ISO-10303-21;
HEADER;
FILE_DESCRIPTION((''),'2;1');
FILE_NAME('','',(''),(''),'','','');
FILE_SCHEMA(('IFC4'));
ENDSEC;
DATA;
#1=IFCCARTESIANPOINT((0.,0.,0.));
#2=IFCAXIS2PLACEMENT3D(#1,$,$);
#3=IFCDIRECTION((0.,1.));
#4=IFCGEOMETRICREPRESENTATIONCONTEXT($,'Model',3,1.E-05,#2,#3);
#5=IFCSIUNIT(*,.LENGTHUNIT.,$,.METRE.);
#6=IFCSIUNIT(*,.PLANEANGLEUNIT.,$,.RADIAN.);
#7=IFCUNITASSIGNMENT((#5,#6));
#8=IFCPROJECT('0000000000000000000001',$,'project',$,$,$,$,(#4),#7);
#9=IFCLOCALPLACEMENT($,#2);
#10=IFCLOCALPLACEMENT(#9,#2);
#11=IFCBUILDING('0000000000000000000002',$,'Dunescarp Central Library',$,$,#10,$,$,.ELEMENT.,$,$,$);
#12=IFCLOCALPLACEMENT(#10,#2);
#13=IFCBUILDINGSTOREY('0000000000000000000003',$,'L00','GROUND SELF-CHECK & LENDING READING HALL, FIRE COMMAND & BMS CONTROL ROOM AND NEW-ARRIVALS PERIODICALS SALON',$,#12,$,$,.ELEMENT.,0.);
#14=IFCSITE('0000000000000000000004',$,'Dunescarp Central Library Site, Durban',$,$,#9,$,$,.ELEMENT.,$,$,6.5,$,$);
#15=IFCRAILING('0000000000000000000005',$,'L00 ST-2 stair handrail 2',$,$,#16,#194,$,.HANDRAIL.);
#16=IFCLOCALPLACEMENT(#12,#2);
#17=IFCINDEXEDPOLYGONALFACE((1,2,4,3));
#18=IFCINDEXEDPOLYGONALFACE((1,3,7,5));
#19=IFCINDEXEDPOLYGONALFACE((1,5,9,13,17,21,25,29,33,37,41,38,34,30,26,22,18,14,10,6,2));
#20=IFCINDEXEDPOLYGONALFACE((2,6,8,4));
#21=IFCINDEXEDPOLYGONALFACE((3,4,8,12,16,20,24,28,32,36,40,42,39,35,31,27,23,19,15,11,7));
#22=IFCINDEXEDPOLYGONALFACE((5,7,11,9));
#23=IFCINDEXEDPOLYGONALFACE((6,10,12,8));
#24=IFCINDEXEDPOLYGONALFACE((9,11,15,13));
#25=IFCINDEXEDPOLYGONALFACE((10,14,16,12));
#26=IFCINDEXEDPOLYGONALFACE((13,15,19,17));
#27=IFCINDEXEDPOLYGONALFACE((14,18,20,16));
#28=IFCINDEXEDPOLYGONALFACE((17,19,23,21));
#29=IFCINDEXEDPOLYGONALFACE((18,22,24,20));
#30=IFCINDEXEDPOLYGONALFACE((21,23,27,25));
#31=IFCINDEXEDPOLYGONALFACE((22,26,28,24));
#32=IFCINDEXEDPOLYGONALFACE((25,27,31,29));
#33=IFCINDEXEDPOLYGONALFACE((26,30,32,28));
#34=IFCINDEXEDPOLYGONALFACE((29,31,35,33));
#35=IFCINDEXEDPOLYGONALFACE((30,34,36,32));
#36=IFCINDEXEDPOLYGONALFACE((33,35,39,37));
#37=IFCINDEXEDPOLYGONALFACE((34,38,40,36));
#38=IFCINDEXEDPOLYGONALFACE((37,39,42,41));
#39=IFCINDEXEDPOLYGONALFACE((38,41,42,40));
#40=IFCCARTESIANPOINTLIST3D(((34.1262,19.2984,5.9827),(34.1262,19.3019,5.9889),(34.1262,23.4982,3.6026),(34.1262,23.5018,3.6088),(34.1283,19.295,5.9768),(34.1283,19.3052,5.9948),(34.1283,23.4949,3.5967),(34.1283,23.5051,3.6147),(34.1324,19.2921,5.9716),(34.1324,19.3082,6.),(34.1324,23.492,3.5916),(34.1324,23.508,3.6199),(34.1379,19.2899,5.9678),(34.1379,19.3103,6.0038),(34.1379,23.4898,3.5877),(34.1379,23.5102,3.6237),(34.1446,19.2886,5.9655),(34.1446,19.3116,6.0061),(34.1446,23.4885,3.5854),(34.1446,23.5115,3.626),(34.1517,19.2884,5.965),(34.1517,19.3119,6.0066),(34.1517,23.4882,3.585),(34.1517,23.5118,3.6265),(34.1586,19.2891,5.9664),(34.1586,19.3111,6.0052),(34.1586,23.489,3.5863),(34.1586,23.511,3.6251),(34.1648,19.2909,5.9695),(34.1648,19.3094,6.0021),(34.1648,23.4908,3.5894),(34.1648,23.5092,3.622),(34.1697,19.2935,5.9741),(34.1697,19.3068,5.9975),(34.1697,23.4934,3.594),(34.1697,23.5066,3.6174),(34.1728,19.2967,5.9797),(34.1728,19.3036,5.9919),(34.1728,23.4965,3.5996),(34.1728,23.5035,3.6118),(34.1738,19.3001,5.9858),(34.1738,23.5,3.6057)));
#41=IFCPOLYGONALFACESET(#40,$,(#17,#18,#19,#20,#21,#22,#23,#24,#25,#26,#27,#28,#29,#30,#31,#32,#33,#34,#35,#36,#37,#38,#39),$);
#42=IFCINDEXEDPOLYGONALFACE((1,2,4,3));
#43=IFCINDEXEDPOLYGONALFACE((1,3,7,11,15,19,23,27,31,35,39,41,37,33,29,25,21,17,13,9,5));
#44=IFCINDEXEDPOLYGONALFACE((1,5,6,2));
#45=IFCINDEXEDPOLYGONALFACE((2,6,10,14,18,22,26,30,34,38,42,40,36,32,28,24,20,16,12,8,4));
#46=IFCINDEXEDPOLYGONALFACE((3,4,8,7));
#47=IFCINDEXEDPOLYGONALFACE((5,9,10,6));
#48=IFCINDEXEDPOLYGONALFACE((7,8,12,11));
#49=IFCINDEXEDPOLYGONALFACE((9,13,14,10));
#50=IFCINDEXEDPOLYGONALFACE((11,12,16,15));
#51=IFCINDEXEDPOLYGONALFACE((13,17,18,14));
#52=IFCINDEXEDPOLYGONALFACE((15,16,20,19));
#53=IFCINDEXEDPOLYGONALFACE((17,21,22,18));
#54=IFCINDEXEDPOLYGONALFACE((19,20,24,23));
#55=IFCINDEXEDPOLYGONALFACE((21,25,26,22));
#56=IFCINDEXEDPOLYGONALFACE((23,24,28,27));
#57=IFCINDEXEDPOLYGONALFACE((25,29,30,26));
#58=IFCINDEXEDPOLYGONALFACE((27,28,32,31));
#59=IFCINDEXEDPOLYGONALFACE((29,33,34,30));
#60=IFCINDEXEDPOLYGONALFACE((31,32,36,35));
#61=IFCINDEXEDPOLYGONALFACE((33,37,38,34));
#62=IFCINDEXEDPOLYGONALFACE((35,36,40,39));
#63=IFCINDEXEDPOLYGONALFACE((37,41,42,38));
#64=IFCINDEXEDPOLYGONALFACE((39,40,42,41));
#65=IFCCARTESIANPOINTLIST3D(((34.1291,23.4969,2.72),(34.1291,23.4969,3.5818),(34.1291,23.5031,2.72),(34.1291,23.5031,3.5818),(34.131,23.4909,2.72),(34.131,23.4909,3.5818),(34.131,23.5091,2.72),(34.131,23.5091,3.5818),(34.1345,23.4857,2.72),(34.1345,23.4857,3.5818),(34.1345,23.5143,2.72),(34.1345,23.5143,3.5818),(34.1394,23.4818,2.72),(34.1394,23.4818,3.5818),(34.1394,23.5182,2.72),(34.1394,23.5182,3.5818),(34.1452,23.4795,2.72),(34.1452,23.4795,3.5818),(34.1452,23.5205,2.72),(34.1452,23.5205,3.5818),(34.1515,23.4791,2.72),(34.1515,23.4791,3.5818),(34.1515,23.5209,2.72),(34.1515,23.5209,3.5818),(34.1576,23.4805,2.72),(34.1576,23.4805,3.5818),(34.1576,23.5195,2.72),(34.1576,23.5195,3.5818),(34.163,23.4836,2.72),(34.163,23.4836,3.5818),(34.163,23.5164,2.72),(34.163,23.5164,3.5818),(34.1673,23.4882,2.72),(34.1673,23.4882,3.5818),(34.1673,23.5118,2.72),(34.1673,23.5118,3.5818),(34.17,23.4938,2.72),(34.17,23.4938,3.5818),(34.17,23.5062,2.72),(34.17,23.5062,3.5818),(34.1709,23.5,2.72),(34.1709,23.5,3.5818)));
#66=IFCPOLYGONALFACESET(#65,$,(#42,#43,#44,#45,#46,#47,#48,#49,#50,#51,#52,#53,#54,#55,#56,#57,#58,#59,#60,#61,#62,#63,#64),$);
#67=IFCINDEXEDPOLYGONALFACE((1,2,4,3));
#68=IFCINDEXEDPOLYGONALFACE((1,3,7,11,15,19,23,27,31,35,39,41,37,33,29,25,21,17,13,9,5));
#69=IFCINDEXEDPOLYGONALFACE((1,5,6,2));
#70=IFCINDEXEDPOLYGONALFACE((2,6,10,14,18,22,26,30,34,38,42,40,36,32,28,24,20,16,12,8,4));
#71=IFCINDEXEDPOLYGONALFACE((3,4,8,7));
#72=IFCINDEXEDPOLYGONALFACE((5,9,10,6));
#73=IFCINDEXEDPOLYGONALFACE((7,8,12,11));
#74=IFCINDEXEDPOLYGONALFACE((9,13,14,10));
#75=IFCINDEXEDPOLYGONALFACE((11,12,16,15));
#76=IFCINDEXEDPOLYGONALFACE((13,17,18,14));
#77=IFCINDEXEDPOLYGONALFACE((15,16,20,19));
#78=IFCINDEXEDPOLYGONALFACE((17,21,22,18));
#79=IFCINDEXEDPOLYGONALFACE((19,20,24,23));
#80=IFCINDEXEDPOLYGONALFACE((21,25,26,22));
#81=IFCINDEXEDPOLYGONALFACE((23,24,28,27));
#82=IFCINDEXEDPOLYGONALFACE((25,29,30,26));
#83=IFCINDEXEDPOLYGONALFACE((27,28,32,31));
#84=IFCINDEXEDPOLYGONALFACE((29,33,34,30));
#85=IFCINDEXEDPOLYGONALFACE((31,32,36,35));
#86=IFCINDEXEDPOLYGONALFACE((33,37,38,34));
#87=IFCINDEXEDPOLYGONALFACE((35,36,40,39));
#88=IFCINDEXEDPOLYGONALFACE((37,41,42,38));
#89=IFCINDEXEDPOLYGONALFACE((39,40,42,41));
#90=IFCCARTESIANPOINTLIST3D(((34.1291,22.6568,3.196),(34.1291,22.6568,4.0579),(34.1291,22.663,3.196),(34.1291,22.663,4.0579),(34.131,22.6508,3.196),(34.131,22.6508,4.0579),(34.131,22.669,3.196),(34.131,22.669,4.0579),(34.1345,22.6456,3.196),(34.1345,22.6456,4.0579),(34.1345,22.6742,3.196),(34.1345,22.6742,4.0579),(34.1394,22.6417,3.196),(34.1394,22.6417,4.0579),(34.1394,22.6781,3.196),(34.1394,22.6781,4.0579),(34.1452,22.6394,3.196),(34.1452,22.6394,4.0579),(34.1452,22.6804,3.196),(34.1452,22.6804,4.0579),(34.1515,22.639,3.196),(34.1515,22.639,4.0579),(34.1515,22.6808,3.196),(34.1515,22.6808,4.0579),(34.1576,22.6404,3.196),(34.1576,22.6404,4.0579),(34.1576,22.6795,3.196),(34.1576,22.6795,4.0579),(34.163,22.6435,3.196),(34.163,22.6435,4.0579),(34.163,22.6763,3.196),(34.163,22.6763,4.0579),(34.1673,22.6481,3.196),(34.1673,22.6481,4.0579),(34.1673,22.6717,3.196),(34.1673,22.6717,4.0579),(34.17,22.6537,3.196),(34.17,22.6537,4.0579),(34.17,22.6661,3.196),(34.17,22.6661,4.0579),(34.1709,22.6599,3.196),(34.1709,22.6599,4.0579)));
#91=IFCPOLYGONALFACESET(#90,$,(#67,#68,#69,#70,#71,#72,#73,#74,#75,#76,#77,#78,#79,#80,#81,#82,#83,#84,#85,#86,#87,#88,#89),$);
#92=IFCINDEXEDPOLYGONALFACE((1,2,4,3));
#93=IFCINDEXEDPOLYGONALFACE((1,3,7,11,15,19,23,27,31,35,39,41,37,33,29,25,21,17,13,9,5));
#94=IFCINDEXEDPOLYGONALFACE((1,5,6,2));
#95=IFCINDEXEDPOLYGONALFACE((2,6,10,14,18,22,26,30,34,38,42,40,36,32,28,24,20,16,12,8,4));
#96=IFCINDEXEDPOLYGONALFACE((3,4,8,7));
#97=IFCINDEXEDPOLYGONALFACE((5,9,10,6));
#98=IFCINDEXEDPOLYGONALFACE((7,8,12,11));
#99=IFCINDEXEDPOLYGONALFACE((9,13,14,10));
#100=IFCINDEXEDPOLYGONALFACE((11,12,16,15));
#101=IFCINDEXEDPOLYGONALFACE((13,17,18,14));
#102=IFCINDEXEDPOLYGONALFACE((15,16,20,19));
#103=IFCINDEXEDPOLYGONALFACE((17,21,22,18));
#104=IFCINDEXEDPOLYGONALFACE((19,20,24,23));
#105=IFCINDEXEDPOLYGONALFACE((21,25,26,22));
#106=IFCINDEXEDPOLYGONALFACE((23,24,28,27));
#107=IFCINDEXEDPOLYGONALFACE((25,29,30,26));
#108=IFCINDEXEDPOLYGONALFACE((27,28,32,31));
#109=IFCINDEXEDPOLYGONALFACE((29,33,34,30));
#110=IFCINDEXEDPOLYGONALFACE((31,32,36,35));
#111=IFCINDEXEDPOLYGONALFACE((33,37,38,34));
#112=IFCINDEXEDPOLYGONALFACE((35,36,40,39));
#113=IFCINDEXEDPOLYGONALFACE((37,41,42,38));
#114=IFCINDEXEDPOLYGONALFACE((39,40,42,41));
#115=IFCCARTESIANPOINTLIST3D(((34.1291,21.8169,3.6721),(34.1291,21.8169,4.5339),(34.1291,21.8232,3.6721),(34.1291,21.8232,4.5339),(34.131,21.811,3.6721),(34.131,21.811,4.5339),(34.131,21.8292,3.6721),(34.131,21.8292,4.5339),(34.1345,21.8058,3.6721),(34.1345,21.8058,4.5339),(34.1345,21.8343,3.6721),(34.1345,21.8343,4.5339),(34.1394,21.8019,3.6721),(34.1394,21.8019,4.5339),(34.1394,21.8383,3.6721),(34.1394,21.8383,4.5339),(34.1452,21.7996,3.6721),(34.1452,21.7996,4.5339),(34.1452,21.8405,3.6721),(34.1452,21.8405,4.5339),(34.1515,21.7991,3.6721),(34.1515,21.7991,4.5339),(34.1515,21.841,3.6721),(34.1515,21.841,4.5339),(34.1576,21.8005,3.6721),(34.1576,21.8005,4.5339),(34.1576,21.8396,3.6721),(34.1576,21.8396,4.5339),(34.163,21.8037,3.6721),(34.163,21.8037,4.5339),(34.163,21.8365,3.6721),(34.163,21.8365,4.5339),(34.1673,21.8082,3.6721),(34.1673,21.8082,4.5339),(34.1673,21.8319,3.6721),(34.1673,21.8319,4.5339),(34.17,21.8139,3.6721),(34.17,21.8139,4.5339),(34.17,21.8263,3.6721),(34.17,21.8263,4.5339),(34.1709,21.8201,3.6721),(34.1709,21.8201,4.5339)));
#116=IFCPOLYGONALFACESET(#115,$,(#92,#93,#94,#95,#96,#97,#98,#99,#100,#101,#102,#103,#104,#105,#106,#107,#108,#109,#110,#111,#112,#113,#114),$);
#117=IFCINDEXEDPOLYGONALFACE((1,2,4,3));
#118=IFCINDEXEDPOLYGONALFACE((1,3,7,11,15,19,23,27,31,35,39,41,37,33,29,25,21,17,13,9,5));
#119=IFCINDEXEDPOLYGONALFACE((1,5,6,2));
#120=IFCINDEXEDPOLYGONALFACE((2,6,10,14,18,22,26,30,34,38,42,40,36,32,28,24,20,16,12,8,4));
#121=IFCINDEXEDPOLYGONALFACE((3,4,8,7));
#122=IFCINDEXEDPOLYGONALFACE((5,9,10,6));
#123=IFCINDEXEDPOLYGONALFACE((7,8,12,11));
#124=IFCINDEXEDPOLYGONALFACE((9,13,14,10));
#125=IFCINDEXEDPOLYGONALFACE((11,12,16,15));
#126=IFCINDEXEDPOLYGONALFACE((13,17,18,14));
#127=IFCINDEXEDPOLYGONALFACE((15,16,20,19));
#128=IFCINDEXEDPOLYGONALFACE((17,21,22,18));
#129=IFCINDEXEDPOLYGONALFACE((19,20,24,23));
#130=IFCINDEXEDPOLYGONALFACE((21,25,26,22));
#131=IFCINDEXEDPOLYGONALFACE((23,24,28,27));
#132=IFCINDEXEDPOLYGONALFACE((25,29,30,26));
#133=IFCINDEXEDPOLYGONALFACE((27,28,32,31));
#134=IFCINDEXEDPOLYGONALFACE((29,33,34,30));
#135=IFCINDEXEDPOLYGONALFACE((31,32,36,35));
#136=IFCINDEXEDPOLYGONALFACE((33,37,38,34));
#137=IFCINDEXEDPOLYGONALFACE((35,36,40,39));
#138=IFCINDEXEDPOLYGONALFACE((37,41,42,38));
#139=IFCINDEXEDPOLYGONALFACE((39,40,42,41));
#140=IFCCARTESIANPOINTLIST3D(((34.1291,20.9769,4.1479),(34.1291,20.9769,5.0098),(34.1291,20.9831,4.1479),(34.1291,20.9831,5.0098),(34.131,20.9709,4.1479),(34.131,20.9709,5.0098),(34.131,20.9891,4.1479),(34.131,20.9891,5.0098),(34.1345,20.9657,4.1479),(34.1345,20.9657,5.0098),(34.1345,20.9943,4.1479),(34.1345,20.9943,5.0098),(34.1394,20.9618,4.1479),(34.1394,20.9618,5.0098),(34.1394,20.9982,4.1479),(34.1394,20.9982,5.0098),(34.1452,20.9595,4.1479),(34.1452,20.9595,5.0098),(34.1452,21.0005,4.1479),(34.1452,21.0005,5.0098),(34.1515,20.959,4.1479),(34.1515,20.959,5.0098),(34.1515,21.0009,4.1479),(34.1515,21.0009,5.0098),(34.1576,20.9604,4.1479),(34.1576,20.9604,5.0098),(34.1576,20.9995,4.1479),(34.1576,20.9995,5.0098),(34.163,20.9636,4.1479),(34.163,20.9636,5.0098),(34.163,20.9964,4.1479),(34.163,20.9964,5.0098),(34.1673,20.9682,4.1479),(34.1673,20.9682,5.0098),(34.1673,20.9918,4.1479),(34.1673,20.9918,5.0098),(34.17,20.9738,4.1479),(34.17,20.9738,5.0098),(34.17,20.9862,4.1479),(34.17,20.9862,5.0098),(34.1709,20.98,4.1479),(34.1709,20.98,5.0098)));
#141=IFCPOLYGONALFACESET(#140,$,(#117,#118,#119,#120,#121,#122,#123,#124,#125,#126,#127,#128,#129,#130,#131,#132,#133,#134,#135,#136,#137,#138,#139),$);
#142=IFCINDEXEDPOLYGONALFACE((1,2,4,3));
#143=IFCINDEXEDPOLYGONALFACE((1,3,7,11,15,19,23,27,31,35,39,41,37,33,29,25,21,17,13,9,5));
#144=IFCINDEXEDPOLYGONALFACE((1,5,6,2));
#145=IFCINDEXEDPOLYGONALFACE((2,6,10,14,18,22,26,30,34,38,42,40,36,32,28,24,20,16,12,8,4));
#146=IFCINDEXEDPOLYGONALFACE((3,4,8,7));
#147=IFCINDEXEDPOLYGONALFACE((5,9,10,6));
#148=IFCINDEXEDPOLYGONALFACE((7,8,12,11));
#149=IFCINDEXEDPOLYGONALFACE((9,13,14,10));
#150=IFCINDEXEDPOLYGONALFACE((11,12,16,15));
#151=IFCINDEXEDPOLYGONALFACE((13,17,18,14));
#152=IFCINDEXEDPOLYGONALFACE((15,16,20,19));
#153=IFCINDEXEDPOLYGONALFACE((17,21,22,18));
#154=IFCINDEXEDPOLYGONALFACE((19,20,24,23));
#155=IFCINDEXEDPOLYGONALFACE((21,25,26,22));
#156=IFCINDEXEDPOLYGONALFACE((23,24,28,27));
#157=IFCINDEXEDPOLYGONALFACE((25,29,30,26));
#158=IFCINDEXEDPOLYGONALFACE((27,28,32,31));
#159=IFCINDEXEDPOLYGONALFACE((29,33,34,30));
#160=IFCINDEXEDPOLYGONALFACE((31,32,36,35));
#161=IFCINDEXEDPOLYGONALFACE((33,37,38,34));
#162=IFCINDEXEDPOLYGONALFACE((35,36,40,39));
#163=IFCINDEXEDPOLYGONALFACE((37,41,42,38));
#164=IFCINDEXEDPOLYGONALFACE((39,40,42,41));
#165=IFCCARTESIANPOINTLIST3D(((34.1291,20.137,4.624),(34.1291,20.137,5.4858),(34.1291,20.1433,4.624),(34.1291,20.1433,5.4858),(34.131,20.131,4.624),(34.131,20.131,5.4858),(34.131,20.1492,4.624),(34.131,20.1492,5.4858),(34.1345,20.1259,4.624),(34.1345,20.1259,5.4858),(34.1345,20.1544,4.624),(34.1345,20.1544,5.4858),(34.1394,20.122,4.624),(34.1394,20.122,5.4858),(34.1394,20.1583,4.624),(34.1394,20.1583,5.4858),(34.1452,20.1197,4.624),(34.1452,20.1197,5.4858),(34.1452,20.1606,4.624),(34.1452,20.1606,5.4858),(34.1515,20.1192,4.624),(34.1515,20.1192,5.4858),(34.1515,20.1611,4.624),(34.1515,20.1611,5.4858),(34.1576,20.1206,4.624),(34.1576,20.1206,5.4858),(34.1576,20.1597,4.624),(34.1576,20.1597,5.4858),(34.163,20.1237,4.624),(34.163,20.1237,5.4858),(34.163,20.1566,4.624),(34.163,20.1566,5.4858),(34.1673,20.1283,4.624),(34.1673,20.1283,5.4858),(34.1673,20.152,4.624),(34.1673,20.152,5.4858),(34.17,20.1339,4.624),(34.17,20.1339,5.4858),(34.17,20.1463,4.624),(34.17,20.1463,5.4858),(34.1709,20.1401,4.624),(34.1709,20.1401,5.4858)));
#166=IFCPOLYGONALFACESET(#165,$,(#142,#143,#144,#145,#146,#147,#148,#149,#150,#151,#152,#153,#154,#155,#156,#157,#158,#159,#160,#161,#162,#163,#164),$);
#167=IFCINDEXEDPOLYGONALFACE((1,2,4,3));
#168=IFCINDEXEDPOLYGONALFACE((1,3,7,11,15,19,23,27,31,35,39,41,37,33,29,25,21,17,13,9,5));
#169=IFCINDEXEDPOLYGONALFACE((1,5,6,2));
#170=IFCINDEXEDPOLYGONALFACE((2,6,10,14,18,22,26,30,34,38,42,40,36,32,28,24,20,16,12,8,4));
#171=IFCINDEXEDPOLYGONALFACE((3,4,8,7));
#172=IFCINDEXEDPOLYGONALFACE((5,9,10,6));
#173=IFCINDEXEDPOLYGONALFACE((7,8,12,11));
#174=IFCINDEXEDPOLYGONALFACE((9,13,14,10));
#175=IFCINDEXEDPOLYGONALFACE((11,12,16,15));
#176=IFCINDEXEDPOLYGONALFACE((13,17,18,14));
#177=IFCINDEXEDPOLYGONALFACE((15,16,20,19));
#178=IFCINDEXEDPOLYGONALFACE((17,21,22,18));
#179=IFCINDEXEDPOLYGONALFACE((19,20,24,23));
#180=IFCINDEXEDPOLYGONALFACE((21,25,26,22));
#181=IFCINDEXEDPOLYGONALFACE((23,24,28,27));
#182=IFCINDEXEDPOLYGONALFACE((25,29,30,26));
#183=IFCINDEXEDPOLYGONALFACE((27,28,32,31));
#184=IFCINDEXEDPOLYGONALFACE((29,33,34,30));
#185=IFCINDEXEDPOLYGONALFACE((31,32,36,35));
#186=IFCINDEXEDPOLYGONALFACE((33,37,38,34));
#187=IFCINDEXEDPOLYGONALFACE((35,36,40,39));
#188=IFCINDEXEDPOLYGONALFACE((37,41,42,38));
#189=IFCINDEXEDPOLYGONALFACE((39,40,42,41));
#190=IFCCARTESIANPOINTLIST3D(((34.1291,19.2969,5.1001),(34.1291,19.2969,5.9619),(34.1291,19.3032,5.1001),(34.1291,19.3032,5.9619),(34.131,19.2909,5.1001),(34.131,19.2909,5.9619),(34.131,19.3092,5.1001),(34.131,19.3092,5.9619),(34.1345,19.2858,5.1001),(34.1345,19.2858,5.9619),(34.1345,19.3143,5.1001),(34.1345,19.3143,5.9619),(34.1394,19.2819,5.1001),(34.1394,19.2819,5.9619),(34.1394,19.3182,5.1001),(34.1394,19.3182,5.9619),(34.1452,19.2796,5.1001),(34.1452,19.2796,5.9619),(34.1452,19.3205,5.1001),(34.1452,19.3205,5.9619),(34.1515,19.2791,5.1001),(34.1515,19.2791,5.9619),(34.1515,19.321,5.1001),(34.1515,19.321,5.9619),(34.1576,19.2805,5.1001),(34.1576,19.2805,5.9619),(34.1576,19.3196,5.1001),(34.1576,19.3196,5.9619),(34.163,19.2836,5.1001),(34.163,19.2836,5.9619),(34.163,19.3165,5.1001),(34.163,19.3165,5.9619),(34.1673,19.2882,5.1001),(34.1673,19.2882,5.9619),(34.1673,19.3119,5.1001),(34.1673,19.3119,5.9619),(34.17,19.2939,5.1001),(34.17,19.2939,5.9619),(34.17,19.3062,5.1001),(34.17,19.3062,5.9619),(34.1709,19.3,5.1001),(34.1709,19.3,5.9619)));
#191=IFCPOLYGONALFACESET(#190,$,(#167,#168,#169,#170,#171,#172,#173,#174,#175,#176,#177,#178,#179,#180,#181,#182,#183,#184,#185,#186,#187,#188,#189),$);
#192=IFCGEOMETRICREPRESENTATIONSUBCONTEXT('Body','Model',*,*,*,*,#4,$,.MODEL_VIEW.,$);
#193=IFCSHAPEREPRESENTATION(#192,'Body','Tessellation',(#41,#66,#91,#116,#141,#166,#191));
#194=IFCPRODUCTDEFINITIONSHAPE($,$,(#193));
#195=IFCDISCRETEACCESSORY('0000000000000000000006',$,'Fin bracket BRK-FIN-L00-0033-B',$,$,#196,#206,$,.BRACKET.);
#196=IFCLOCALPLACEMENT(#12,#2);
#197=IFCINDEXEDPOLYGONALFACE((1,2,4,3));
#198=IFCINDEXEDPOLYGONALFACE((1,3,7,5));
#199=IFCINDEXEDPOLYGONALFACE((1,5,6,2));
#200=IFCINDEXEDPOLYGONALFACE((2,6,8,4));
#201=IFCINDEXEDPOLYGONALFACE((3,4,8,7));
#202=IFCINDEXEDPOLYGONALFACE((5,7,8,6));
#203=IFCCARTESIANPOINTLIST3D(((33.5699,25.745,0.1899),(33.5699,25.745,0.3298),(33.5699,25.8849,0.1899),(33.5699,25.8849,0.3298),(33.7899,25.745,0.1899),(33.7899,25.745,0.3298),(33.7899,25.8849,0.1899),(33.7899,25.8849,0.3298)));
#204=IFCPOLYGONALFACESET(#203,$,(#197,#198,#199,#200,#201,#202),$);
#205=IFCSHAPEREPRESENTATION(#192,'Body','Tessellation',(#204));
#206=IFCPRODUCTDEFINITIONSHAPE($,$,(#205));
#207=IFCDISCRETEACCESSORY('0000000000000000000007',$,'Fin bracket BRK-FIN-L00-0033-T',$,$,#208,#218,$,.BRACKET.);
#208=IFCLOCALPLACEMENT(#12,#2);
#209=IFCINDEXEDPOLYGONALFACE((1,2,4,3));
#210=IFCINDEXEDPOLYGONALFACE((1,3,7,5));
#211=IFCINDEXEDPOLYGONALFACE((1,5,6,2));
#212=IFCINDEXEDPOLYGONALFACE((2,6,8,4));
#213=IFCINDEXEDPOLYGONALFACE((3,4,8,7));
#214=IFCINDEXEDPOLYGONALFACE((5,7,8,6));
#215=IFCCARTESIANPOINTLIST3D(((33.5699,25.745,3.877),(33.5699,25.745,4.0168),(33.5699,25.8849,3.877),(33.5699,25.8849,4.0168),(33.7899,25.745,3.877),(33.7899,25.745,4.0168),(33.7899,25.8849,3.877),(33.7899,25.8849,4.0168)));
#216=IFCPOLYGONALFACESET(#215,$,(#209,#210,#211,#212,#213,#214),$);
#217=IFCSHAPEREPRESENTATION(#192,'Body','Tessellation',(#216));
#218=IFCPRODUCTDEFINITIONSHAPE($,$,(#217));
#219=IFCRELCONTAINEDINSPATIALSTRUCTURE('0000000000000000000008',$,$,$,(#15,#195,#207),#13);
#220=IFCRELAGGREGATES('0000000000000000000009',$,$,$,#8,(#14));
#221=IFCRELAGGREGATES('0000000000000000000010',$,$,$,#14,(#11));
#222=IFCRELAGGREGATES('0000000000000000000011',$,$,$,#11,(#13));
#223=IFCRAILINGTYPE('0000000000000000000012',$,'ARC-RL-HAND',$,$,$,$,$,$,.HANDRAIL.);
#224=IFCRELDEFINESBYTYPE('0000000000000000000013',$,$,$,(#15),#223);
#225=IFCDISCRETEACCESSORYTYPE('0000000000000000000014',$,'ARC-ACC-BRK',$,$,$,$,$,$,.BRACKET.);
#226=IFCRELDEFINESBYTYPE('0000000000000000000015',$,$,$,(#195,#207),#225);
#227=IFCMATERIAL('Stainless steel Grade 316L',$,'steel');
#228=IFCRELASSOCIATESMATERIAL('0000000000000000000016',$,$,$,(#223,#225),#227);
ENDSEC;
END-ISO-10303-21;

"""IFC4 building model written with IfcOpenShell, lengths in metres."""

from ifc_helpers import new_model, si_unit, direction, frame, origin, origin_2d, place, context, subcontext, project, spatial, rectangle, circle, extrude, material, type_object, element, save


model = new_model("IFC4")

# Units and contexts
model_context = context("Model", 3, precision=1e-05, world=origin(), true_north=direction((0.0, 1.0)))
body_context = subcontext(model_context, "Body", "Model", "MODEL_VIEW")
ifc_project = project(units=[si_unit("LENGTHUNIT", "METRE"), si_unit("PLANEANGLEUNIT", "RADIAN")], contexts=[model_context])

# Site, building, storey
site_placement = place(None, origin())
site = spatial("IfcSite", under=ifc_project, at=site_placement, Name="Dunescarp Central Library Site, Durban", CompositionType="ELEMENT", RefElevation=6.5)
building_placement = place(site_placement, origin())
building = spatial("IfcBuilding", under=site, at=building_placement, Name="Dunescarp Central Library", CompositionType="ELEMENT")
storey_placement = place(building_placement, origin())
storey = spatial("IfcBuildingStorey", under=building, at=storey_placement, Name="L00", Description="GROUND SELF-CHECK & LENDING READING HALL, FIRE COMMAND & BMS CONTROL ROOM AND NEW-ARRIVALS PERIODICALS SALON", CompositionType="ELEMENT", Elevation=0.0)

# Railing
ifc_material_1 = material(Name="Stainless steel Grade 316L", Category="steel")
railing_type_1 = type_object("IfcRailingType", Name="ARC-RL-HAND", PredefinedType="HANDRAIL", material=ifc_material_1)
railing_1_placement = place(storey_placement, frame((34.1499, 23.5, 2.72)))
element("IfcRailing", 1, at=railing_1_placement, inside=storey, type_object=railing_type_1, Name="L00 ST-2 stair handrail 2", PredefinedType="HANDRAIL", context=body_context, shape_type="SweptSolid", body=[
    extrude(circle(Radius=0.0239, at=origin_2d()), frame((0.0, 0.0, 0.8857), z_axis=(0.0, -0.870008, 0.493037), x_axis=(1.0, 0.0, 0.0)), (0.0, 0.0, 1.0), 4.8274),
    extrude(circle(Radius=0.021, at=origin_2d()), origin(), (0.0, 0.0, 1.0), 0.8618),
    extrude(circle(Radius=0.021, at=origin_2d()), frame((0.0, -0.8401, 0.4761)), (0.0, 0.0, 1.0), 0.8618),
    extrude(circle(Radius=0.021, at=origin_2d()), frame((0.0, -1.6799, 0.9521)), (0.0, 0.0, 1.0), 0.8618),
    extrude(circle(Radius=0.021, at=origin_2d()), frame((0.0, -2.52, 1.428)), (0.0, 0.0, 1.0), 0.8618),
    extrude(circle(Radius=0.021, at=origin_2d()), frame((0.0, -3.3599, 1.9041)), (0.0, 0.0, 1.0), 0.8618),
    extrude(circle(Radius=0.021, at=origin_2d()), frame((0.0, -4.2, 2.3801)), (0.0, 0.0, 1.0), 0.8618),
])

# Discrete accessories
discrete_accessory_type = type_object("IfcDiscreteAccessoryType", Name="ARC-ACC-BRK", PredefinedType="BRACKET", material=ifc_material_1)
for number, where, z_axis, x_axis, name in (
    (2, (33.6799, 25.8149, 0.1899), (0.0, 0.0, 1.0), (1.0, 0.0, 0.0), "Fin bracket BRK-FIN-L00-0033-B"),
    (3, (33.6799, 25.8149, 3.877), (0.0, 0.0, 1.0), (1.0, 0.0, 0.0), "Fin bracket BRK-FIN-L00-0033-T"),
):
    element("IfcDiscreteAccessory", number, at=place(storey_placement, frame(where, z_axis=z_axis, x_axis=x_axis)), inside=storey, type_object=discrete_accessory_type, Name=name, PredefinedType="BRACKET", context=body_context, shape_type="SweptSolid", body=[
        extrude(rectangle(XDim=0.22, YDim=0.1399, at=origin_2d()), origin(), (0.0, 0.0, 1.0), 0.1399),
    ])

save(model, "model.ifc")
